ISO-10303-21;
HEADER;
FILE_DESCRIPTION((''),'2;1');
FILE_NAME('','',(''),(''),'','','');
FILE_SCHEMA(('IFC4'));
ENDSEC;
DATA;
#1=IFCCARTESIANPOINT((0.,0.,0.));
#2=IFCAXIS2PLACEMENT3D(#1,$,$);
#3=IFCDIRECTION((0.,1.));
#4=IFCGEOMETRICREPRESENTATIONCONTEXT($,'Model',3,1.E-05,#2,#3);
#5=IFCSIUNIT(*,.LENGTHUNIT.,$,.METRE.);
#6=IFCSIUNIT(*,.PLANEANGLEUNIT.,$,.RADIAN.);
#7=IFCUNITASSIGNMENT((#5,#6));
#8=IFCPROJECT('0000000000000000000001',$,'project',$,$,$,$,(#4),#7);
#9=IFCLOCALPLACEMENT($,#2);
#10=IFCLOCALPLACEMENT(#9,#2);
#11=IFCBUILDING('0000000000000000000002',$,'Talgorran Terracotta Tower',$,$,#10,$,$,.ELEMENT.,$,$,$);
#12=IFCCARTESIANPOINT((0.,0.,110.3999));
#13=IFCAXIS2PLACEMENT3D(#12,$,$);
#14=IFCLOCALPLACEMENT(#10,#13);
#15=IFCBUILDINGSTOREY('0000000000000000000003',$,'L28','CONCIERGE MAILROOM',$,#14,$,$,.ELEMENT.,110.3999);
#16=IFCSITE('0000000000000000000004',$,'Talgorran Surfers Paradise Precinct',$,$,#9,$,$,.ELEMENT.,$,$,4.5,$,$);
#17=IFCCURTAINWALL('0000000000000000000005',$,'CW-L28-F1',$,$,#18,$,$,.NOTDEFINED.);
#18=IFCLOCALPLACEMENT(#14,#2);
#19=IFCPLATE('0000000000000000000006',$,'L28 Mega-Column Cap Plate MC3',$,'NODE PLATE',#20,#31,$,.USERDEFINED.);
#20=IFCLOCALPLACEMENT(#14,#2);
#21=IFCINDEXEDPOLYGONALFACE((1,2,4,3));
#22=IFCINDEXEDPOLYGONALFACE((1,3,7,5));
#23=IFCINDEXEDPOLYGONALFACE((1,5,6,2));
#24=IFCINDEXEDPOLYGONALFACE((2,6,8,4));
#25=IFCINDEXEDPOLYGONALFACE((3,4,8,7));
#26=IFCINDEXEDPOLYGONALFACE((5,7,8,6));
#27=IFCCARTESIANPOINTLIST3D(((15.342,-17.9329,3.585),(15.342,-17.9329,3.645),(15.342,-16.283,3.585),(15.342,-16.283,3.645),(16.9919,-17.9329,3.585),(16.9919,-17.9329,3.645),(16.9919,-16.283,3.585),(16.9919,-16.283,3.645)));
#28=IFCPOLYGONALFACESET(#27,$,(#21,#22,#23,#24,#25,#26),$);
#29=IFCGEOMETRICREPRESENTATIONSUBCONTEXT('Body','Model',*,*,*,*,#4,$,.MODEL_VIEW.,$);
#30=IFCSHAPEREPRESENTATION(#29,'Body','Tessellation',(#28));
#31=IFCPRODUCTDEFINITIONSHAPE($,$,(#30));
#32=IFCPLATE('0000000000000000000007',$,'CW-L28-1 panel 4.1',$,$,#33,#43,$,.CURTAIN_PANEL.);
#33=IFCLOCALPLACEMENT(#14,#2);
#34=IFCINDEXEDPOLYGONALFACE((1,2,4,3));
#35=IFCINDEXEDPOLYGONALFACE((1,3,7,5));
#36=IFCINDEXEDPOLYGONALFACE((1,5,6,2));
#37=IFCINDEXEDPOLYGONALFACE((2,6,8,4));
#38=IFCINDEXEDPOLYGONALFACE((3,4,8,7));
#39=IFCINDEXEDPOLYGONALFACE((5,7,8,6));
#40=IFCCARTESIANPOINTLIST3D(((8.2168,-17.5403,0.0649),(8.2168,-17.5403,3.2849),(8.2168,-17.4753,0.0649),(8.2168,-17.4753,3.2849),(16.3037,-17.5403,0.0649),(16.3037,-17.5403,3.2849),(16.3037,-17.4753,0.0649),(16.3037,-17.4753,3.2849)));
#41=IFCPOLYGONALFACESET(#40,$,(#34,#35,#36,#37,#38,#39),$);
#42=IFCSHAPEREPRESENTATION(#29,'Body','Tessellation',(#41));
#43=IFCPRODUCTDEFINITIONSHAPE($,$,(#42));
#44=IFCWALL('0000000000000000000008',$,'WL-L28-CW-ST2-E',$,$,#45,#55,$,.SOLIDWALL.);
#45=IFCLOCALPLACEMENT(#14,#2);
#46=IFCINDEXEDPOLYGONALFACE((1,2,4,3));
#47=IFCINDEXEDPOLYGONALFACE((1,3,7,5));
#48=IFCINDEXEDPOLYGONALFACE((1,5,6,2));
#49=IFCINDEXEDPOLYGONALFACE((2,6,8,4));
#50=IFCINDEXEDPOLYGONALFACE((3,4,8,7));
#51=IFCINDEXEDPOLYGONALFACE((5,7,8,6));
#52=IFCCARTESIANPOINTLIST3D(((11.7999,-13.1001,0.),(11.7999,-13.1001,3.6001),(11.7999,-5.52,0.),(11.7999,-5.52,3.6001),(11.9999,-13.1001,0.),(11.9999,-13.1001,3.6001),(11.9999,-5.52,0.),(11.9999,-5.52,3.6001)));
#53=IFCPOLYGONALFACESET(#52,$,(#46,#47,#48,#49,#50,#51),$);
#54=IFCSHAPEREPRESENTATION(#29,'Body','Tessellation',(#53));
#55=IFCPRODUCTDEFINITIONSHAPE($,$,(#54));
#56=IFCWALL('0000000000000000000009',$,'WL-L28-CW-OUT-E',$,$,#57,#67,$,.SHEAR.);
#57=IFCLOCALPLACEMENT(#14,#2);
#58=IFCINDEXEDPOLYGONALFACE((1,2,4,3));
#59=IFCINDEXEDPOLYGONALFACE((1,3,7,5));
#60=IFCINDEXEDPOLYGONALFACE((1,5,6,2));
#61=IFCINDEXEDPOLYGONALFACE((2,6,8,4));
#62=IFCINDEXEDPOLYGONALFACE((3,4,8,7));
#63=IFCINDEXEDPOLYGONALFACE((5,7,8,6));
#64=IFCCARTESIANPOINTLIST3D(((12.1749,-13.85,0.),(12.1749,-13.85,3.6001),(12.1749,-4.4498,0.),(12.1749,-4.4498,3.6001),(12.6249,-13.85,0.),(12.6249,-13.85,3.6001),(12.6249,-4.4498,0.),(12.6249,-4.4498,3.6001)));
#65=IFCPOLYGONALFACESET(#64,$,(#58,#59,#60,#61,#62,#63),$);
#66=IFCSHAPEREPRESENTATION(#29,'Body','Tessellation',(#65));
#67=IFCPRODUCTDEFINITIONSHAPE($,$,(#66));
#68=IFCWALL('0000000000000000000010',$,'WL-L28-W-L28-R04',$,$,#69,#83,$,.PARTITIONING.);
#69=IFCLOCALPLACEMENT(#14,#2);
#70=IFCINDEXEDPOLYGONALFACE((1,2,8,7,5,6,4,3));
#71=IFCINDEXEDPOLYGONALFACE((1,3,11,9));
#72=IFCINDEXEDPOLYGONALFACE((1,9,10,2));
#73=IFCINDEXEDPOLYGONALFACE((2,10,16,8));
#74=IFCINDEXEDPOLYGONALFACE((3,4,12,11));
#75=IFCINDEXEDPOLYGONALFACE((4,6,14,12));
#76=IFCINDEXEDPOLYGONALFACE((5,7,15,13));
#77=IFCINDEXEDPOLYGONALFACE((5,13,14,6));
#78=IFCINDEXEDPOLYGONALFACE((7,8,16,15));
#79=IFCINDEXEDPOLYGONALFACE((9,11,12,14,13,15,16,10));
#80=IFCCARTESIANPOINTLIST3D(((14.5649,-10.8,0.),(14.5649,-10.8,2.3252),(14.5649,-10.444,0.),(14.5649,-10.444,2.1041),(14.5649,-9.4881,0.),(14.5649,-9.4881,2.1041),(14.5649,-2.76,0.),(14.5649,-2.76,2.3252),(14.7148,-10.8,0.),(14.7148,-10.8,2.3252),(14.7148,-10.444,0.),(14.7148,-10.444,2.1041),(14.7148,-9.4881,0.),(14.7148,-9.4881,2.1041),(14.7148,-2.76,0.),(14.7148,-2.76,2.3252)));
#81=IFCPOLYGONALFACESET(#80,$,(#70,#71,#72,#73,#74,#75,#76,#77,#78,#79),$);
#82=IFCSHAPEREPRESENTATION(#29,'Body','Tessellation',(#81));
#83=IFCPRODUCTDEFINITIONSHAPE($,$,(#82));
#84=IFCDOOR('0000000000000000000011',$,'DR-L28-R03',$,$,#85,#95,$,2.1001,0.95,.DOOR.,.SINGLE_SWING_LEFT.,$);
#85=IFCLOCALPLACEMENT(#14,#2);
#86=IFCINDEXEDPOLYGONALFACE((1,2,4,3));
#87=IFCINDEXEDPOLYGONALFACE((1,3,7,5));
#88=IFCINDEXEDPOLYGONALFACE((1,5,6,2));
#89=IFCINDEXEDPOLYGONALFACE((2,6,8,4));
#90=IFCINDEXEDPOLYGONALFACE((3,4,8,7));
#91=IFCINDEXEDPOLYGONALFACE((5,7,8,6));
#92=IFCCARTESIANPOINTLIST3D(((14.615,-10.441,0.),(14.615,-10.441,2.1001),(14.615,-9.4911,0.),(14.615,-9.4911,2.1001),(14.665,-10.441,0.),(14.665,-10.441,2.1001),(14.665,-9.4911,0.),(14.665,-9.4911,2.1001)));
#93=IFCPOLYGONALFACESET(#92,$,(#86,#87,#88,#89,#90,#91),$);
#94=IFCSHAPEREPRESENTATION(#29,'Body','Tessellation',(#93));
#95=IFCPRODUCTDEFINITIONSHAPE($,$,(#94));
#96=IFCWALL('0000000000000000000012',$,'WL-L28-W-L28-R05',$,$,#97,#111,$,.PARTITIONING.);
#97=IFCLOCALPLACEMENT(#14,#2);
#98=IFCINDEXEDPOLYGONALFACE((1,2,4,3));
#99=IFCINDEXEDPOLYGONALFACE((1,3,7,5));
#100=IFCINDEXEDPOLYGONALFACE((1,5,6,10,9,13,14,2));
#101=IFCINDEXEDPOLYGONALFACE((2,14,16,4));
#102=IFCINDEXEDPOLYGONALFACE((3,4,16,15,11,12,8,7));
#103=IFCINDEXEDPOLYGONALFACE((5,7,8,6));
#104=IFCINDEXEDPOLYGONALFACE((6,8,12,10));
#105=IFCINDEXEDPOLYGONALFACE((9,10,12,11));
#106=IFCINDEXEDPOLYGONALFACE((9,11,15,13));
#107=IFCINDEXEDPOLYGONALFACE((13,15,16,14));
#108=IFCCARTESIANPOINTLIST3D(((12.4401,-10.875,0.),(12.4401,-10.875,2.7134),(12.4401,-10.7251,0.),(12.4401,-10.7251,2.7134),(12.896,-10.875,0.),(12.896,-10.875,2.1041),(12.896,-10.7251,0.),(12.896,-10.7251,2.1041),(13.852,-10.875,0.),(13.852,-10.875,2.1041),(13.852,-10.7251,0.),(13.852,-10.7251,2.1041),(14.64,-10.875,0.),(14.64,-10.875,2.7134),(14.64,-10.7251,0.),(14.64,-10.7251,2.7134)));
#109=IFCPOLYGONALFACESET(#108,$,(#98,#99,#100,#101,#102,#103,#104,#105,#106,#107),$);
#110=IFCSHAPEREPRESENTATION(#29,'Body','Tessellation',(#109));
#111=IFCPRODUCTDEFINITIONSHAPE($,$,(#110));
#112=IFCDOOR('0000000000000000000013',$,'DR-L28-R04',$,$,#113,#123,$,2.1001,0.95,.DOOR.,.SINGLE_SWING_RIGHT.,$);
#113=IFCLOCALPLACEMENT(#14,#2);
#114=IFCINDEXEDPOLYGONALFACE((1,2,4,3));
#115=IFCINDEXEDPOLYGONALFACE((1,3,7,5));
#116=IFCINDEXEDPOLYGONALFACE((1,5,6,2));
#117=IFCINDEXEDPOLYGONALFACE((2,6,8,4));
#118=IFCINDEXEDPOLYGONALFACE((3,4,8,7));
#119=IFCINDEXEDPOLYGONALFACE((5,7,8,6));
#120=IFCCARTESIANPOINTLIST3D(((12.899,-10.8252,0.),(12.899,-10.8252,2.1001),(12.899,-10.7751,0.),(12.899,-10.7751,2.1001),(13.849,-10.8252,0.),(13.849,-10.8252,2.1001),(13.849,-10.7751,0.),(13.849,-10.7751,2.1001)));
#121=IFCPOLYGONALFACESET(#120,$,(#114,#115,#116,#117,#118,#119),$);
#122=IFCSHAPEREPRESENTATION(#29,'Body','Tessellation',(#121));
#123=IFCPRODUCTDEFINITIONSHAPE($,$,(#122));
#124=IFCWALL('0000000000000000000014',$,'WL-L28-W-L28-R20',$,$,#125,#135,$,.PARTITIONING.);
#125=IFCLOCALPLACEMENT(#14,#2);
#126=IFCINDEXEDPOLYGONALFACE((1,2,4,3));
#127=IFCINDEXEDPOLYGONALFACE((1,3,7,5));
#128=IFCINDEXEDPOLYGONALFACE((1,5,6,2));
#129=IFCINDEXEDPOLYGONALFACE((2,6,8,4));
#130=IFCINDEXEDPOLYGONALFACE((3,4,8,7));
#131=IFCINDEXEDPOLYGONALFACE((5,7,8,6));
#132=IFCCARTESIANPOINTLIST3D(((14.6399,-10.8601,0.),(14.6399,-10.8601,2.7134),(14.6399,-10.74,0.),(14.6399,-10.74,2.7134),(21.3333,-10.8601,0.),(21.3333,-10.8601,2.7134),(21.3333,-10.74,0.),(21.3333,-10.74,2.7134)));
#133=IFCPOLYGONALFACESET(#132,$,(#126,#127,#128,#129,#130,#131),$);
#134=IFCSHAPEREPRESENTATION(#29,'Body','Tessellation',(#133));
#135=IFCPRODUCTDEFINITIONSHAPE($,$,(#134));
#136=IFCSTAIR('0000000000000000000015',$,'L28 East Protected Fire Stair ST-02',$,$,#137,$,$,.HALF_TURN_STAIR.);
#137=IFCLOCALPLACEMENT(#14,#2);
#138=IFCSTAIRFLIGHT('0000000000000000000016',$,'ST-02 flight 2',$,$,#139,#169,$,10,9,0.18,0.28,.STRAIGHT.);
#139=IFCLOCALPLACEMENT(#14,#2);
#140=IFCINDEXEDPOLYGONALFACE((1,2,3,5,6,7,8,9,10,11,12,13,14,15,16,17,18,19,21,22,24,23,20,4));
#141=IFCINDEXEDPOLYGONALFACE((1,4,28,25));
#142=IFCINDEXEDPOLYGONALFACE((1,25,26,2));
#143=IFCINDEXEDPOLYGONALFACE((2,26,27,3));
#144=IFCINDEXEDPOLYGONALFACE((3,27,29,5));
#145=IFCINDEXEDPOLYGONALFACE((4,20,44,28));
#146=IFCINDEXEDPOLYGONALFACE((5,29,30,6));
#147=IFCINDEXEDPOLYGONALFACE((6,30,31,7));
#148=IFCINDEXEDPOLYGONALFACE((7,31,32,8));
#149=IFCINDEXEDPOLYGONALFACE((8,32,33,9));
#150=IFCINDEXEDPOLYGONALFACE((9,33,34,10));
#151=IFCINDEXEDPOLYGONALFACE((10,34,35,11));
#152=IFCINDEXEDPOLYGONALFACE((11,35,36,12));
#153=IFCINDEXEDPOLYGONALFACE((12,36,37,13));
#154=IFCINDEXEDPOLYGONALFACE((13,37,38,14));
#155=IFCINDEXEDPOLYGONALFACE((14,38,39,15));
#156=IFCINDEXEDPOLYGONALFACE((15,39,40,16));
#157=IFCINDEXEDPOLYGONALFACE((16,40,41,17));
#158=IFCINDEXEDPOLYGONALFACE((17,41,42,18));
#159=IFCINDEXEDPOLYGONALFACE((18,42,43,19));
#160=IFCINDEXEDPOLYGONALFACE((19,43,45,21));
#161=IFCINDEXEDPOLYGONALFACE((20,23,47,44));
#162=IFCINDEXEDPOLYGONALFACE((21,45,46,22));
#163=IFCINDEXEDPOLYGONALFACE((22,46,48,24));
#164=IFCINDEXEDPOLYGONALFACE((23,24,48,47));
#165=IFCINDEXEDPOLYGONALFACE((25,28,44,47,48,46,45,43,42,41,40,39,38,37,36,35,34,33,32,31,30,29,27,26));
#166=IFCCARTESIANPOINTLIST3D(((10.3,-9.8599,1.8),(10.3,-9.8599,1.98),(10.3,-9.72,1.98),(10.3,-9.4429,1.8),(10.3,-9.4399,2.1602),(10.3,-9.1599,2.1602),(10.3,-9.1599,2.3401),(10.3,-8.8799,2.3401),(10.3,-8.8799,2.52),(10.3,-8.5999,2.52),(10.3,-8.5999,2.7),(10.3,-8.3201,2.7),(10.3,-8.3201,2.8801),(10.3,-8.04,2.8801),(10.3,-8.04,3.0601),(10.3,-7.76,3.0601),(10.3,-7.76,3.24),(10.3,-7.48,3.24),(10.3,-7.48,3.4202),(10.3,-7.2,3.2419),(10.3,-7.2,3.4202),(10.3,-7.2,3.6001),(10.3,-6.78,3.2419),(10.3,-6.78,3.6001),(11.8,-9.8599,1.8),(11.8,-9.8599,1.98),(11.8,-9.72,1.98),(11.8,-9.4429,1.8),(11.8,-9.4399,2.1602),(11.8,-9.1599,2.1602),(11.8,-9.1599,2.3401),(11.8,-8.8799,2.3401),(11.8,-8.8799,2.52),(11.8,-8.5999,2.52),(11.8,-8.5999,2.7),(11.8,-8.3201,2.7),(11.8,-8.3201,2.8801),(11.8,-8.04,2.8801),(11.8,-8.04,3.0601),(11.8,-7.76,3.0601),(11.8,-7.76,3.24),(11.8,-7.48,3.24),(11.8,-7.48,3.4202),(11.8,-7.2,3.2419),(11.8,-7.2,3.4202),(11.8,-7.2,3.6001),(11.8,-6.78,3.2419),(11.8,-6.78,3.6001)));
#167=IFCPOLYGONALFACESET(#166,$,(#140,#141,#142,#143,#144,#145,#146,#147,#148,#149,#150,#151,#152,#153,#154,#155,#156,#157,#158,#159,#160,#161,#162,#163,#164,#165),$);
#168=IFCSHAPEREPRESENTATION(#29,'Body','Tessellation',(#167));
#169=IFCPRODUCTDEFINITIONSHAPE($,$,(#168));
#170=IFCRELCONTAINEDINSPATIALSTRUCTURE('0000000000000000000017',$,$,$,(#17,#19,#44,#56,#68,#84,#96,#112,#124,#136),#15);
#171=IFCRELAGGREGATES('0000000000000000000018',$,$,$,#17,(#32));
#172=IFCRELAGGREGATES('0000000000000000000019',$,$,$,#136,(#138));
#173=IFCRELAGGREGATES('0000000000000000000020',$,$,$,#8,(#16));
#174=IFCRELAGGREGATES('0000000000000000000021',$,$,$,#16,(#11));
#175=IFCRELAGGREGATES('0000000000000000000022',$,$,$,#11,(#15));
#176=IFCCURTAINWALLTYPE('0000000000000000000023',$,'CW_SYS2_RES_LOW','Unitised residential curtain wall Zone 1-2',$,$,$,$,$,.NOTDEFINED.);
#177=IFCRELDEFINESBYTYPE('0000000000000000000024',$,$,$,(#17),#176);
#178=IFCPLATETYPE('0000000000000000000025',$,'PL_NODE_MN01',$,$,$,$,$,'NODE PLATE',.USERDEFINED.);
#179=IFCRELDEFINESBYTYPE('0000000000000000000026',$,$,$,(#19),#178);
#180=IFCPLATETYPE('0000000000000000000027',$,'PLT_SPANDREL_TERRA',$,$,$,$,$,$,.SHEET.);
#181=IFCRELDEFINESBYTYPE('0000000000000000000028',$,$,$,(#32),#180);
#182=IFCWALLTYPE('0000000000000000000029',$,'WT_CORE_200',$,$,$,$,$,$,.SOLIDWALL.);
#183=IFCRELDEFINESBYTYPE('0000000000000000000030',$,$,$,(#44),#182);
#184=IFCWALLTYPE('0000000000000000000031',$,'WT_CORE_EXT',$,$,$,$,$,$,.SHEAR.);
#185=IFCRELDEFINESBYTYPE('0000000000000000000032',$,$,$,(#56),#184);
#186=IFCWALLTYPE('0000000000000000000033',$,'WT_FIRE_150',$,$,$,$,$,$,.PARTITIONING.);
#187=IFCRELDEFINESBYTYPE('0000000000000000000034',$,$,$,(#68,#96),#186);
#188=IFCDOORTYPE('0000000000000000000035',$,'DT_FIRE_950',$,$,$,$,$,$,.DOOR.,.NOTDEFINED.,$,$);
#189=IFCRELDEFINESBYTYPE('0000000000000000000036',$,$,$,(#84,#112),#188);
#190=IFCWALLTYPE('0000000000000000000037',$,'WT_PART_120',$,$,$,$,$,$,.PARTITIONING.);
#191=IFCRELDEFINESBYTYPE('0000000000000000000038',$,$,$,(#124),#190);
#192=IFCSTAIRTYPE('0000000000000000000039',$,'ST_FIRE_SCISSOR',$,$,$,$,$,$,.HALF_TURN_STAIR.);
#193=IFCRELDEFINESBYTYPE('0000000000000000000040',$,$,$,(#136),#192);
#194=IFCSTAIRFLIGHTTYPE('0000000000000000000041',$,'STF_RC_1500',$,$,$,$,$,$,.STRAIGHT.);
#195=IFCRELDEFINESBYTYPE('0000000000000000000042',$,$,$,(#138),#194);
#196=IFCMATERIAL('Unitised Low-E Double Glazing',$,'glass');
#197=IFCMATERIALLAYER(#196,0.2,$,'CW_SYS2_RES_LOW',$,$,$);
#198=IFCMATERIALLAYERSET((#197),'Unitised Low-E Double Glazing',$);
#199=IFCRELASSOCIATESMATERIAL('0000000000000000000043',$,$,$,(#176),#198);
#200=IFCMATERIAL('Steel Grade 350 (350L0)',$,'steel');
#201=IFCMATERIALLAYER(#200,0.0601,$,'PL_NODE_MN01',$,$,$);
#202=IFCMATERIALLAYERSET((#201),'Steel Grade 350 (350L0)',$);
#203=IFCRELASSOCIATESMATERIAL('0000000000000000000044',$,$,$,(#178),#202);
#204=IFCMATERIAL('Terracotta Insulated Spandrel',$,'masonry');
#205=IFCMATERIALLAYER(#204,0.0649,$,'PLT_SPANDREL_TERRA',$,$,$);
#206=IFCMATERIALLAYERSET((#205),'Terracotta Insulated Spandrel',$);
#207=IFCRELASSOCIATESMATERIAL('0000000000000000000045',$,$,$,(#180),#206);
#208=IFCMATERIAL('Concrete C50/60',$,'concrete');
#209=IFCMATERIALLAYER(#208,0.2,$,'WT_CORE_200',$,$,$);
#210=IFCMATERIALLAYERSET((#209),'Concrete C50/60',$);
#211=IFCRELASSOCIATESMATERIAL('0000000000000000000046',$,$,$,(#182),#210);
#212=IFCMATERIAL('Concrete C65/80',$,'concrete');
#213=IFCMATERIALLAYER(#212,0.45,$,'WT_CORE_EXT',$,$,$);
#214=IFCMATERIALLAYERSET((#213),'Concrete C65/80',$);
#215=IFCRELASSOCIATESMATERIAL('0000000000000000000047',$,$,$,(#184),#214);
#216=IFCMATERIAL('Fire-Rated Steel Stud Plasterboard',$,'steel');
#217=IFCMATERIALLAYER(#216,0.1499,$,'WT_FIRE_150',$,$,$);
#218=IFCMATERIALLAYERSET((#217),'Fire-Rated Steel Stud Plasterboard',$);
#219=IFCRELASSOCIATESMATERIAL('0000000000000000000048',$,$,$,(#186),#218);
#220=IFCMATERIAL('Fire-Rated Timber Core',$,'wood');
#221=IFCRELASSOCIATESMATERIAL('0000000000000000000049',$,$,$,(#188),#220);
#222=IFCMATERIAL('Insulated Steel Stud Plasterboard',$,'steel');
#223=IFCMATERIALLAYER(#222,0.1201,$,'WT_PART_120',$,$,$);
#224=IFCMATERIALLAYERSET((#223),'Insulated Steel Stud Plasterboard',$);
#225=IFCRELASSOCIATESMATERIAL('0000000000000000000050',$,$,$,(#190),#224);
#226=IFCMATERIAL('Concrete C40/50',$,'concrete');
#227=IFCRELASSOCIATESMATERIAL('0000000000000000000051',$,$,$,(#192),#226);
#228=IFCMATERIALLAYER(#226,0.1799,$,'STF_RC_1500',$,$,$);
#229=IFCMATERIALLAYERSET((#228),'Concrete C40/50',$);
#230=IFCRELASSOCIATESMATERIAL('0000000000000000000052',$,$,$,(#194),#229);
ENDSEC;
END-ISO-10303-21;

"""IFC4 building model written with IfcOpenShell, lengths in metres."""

from ifc_helpers import new_model, si_unit, direction, frame, frame_2d, origin, origin_2d, place, context, subcontext, project, spatial, polyline, rectangle, outline, extrude, source, transform, mapped, material, layer, layer_set, type_object, type_shapes, element, fill, aggregate, save


model = new_model("IFC4")

# Units and contexts
model_context = context("Model", 3, precision=1e-05, world=origin(), true_north=direction((0.0, 1.0)))
body_context = subcontext(model_context, "Body", "Model", "MODEL_VIEW")
ifc_project = project(units=[si_unit("LENGTHUNIT", "METRE"), si_unit("PLANEANGLEUNIT", "RADIAN")], contexts=[model_context])

# Site, building, storey
site_placement = place(None, origin())
site = spatial("IfcSite", under=ifc_project, at=site_placement, Name="Talgorran Surfers Paradise Precinct", CompositionType="ELEMENT", RefElevation=4.5)
building_placement = place(site_placement, origin())
building = spatial("IfcBuilding", under=site, at=building_placement, Name="Talgorran Terracotta Tower", CompositionType="ELEMENT")
storey_placement = place(building_placement, frame((0.0, 0.0, 110.3999)))
storey = spatial("IfcBuildingStorey", under=building, at=storey_placement, Name="L28", Description="CONCIERGE MAILROOM", CompositionType="ELEMENT", Elevation=110.3999)

# Shared definitions
ifc_material_1 = material(Name="Steel Grade 350 (350L0)", Category="steel")

# Curtain wall
ifc_material_2 = material(Name="Unitised Low-E Double Glazing", Category="glass")
ifc_layer_1 = layer(ifc_material_2, 0.2, Name="CW_SYS2_RES_LOW")
ifc_layer_set_1 = layer_set([ifc_layer_1], Name="Unitised Low-E Double Glazing")
curtain_wall_type = type_object("IfcCurtainWallType", Name="CW_SYS2_RES_LOW", Description="Unitised residential curtain wall Zone 1-2", PredefinedType="NOTDEFINED", material=ifc_layer_set_1)
curtain_wall_1_placement = place(storey_placement, origin())
curtain_wall_1 = element("IfcCurtainWall", 1, at=curtain_wall_1_placement, inside=storey, type_object=curtain_wall_type, Name="CW-L28-F1", PredefinedType="NOTDEFINED")

# Plates
ifc_layer_2 = layer(ifc_material_1, 0.0601, Name="PL_NODE_MN01")
ifc_layer_set_2 = layer_set([ifc_layer_2], Name="Steel Grade 350 (350L0)")
plate_type_1 = type_object("IfcPlateType", Name="PL_NODE_MN01", ElementType="NODE PLATE", PredefinedType="USERDEFINED", material=ifc_layer_set_2)
plate_1_placement = place(storey_placement, frame((16.167, -17.1079, 3.585), z_axis=(0.0, 0.0, 1.0), x_axis=(1.0, 0.0, 0.0)))
element("IfcPlate", 2, at=plate_1_placement, inside=storey, type_object=plate_type_1, Name="L28 Mega-Column Cap Plate MC3", ObjectType="NODE PLATE", PredefinedType="USERDEFINED", context=body_context, shape_type="SweptSolid", body=[
    extrude(rectangle(XDim=1.6499, YDim=1.6499, at=origin_2d()), origin(), (0.0, 0.0, 1.0), 0.0601),
])
ifc_material_3 = material(Name="Terracotta Insulated Spandrel", Category="masonry")
ifc_layer_3 = layer(ifc_material_3, 0.0649, Name="PLT_SPANDREL_TERRA")
ifc_layer_set_3 = layer_set([ifc_layer_3], Name="Terracotta Insulated Spandrel")
plate_type_2 = type_object("IfcPlateType", Name="PLT_SPANDREL_TERRA", PredefinedType="SHEET", material=ifc_layer_set_3)
shared_shape = source(origin(), body_context, "Body", "SweptSolid", [
    extrude(rectangle(XDim=8.0869, YDim=0.0649, at=origin_2d()), origin(), (0.0, 0.0, 1.0), 3.22),
])
type_shapes(plate_type_2, [shared_shape])
plate_2_placement = place(storey_placement, frame((12.2603, -17.5078, 0.0649), z_axis=(0.0, 0.0, 1.0), x_axis=(1.0, 0.0, 0.0)))
plate_2 = element("IfcPlate", 3, at=plate_2_placement, type_object=plate_type_2, Name="CW-L28-1 panel 4.1", PredefinedType="CURTAIN_PANEL", context=body_context, shape_type="MappedRepresentation", body=[
    mapped(shared_shape, transform((0.0, 0.0, 0.0), scale=1.0)),
])
aggregate(curtain_wall_1, [plate_2])

# Walls
ifc_material_4 = material(Name="Concrete C50/60", Category="concrete")
ifc_layer_4 = layer(ifc_material_4, 0.2, Name="WT_CORE_200")
ifc_layer_set_4 = layer_set([ifc_layer_4], Name="Concrete C50/60")
wall_type_1 = type_object("IfcWallType", Name="WT_CORE_200", PredefinedType="SOLIDWALL", material=ifc_layer_set_4)
wall_1_placement = place(storey_placement, frame((11.8999, -13.1001, 0.0), z_axis=(0.0, 0.0, 1.0), x_axis=(0.0, 1.0, 0.0)))
element("IfcWall", 4, at=wall_1_placement, inside=storey, type_object=wall_type_1, Name="WL-L28-CW-ST2-E", PredefinedType="SOLIDWALL", context=body_context, shape_type="SweptSolid", body=[
    extrude(rectangle(XDim=7.5801, YDim=0.2, at=frame_2d((3.79, 0.0))), origin(), (0.0, 0.0, 1.0), 3.6001),
])
ifc_material_5 = material(Name="Concrete C65/80", Category="concrete")
ifc_layer_5 = layer(ifc_material_5, 0.45, Name="WT_CORE_EXT")
ifc_layer_set_5 = layer_set([ifc_layer_5], Name="Concrete C65/80")
wall_type_2 = type_object("IfcWallType", Name="WT_CORE_EXT", PredefinedType="SHEAR", material=ifc_layer_set_5)
wall_2_placement = place(storey_placement, frame((12.3999, -13.8501, 0.0), z_axis=(0.0, 0.0, 1.0), x_axis=(0.0, 1.0, 0.0)))
element("IfcWall", 5, at=wall_2_placement, inside=storey, type_object=wall_type_2, Name="WL-L28-CW-OUT-E", PredefinedType="SHEAR", context=body_context, shape_type="SweptSolid", body=[
    extrude(rectangle(XDim=9.4001, YDim=0.45, at=frame_2d((4.7002, 0.0))), origin(), (0.0, 0.0, 1.0), 3.6001),
])

# Walls, openings, doors
ifc_material_6 = material(Name="Fire-Rated Steel Stud Plasterboard", Category="steel")
ifc_layer_6 = layer(ifc_material_6, 0.1499, Name="WT_FIRE_150")
ifc_layer_set_6 = layer_set([ifc_layer_6], Name="Fire-Rated Steel Stud Plasterboard")
wall_type_3 = type_object("IfcWallType", Name="WT_FIRE_150", PredefinedType="PARTITIONING", material=ifc_layer_set_6)
wall_3_placement = place(storey_placement, frame((14.6399, -10.8, 0.0), z_axis=(0.0, 0.0, 1.0), x_axis=(0.0, 1.0, 0.0)))
wall_3 = element("IfcWall", 6, at=wall_3_placement, inside=storey, type_object=wall_type_3, Name="WL-L28-W-L28-R04", PredefinedType="PARTITIONING", context=body_context, shape_type="SweptSolid", body=[
    extrude(rectangle(XDim=8.04, YDim=0.1499, at=frame_2d((4.02, 0.0))), origin(), (0.0, 0.0, 1.0), 2.3252),
])
opening_1_placement = place(wall_3_placement, frame((0.3589, 0.0, 0.0)))
opening_1 = element("IfcOpeningElement", 7, at=opening_1_placement, cuts=wall_3, PredefinedType="OPENING", context=body_context, shape_type="SweptSolid", body=[
    extrude(rectangle(XDim=0.956, YDim=2.1041, at=frame_2d((0.4751, 1.052))), frame((0.0, 0.085, 0.0), z_axis=(0.0, -1.0, 0.0), x_axis=(1.0, 0.0, 0.0)), (0.0, 0.0, 1.0), 0.1699),
])
ifc_material_7 = material(Name="Fire-Rated Timber Core", Category="wood")
door_type = type_object("IfcDoorType", Name="DT_FIRE_950", OperationType="NOTDEFINED", PredefinedType="DOOR", material=ifc_material_7)
door_1_placement = place(opening_1_placement, origin())
door_1 = element("IfcDoor", 8, at=door_1_placement, inside=storey, type_object=door_type, Name="DR-L28-R03", OperationType="SINGLE_SWING_LEFT", OverallHeight=2.1001, OverallWidth=0.95, PredefinedType="DOOR", context=body_context, shape_type="SweptSolid", body=[
    extrude(rectangle(XDim=0.95, YDim=2.1001, at=frame_2d((0.4751, 1.05))), frame((0.0, 0.0249, 0.0), z_axis=(0.0, -1.0, 0.0), x_axis=(1.0, 0.0, 0.0)), (0.0, 0.0, 1.0), 0.05),
])
fill(opening_1, door_1)
wall_4_placement = place(storey_placement, frame((12.4399, -10.8, 0.0), z_axis=(0.0, 0.0, 1.0), x_axis=(1.0, 0.0, 0.0)))
wall_4 = element("IfcWall", 9, at=wall_4_placement, inside=storey, type_object=wall_type_3, Name="WL-L28-W-L28-R05", PredefinedType="PARTITIONING", context=body_context, shape_type="SweptSolid", body=[
    extrude(rectangle(XDim=2.2, YDim=0.1499, at=frame_2d((1.1001, 0.0))), origin(), (0.0, 0.0, 1.0), 2.7134),
])
opening_2_placement = place(wall_4_placement, frame((0.459, 0.0, 0.0)))
opening_2 = element("IfcOpeningElement", 10, at=opening_2_placement, cuts=wall_4, PredefinedType="OPENING", context=body_context, shape_type="SweptSolid", body=[
    extrude(rectangle(XDim=0.956, YDim=2.1041, at=frame_2d((0.4751, 1.052))), frame((0.0, 0.085, 0.0), z_axis=(0.0, -1.0, 0.0), x_axis=(1.0, 0.0, 0.0)), (0.0, 0.0, 1.0), 0.1699),
])
door_2_placement = place(opening_2_placement, origin())
door_2 = element("IfcDoor", 11, at=door_2_placement, inside=storey, type_object=door_type, Name="DR-L28-R04", OperationType="SINGLE_SWING_RIGHT", OverallHeight=2.1001, OverallWidth=0.95, PredefinedType="DOOR", context=body_context, shape_type="SweptSolid", body=[
    extrude(rectangle(XDim=0.95, YDim=2.1001, at=frame_2d((0.4751, 1.05))), frame((0.0, 0.0249, 0.0), z_axis=(0.0, -1.0, 0.0), x_axis=(1.0, 0.0, 0.0)), (0.0, 0.0, 1.0), 0.05),
])
fill(opening_2, door_2)

# Wall
ifc_material_8 = material(Name="Insulated Steel Stud Plasterboard", Category="steel")
ifc_layer_7 = layer(ifc_material_8, 0.1201, Name="WT_PART_120")
ifc_layer_set_7 = layer_set([ifc_layer_7], Name="Insulated Steel Stud Plasterboard")
wall_type_4 = type_object("IfcWallType", Name="WT_PART_120", PredefinedType="PARTITIONING", material=ifc_layer_set_7)
wall_5_placement = place(storey_placement, frame((14.6399, -10.8, 0.0), z_axis=(0.0, 0.0, 1.0), x_axis=(1.0, 0.0, 0.0)))
element("IfcWall", 12, at=wall_5_placement, inside=storey, type_object=wall_type_4, Name="WL-L28-W-L28-R20", PredefinedType="PARTITIONING", context=body_context, shape_type="SweptSolid", body=[
    extrude(rectangle(XDim=6.6934, YDim=0.1201, at=frame_2d((3.3467, 0.0))), origin(), (0.0, 0.0, 1.0), 2.7134),
])

# Stair, stair flight
ifc_material_9 = material(Name="Concrete C40/50", Category="concrete")
stair_type = type_object("IfcStairType", Name="ST_FIRE_SCISSOR", PredefinedType="HALF_TURN_STAIR", material=ifc_material_9)
stair_placement = place(storey_placement, origin())
stair = element("IfcStair", 13, at=stair_placement, inside=storey, type_object=stair_type, Name="L28 East Protected Fire Stair ST-02", PredefinedType="HALF_TURN_STAIR")
ifc_layer_8 = layer(ifc_material_9, 0.1799, Name="STF_RC_1500")
ifc_layer_set_8 = layer_set([ifc_layer_8], Name="Concrete C40/50")
stair_flight_type = type_object("IfcStairFlightType", Name="STF_RC_1500", PredefinedType="STRAIGHT", material=ifc_layer_set_8)
stair_flight_placement = place(storey_placement, frame((11.05, -9.72, 1.8), z_axis=(0.0, 0.0, 1.0), x_axis=(0.0, 1.0, 0.0)))
stair_flight = element("IfcStairFlight", 14, at=stair_flight_placement, type_object=stair_flight_type, Name="ST-02 flight 2", NumberOfRisers=10, NumberOfTreads=9, PredefinedType="STRAIGHT", RiserHeight=0.18, TreadLength=0.28, context=body_context, shape_type="SweptSolid", body=[
    extrude(outline(polyline([(-0.1399, 0.0), (-0.1399, 0.1799), (0.0, 0.1799), (0.28, 0.3601), (0.5601, 0.3601), (0.5601, 0.54), (0.8401, 0.54), (0.8401, 0.72), (1.1201, 0.72), (1.1201, 0.8999), (1.3999, 0.8999), (1.3999, 1.0801), (1.6799, 1.0801), (1.6799, 1.26), (1.96, 1.26), (1.96, 1.4399), (2.24, 1.4399), (2.24, 1.6201), (2.52, 1.6201), (2.52, 1.8), (2.9399, 1.8), (2.9399, 1.4419), (2.52, 1.4419), (0.2771, 0.0), (-0.1399, 0.0)])), frame((0.0, 0.75, 0.0), z_axis=(0.0, -1.0, 0.0), x_axis=(1.0, 0.0, 0.0)), (0.0, 0.0, 1.0), 1.5),
])
aggregate(stair, [stair_flight])

save(model, "model.ifc")
